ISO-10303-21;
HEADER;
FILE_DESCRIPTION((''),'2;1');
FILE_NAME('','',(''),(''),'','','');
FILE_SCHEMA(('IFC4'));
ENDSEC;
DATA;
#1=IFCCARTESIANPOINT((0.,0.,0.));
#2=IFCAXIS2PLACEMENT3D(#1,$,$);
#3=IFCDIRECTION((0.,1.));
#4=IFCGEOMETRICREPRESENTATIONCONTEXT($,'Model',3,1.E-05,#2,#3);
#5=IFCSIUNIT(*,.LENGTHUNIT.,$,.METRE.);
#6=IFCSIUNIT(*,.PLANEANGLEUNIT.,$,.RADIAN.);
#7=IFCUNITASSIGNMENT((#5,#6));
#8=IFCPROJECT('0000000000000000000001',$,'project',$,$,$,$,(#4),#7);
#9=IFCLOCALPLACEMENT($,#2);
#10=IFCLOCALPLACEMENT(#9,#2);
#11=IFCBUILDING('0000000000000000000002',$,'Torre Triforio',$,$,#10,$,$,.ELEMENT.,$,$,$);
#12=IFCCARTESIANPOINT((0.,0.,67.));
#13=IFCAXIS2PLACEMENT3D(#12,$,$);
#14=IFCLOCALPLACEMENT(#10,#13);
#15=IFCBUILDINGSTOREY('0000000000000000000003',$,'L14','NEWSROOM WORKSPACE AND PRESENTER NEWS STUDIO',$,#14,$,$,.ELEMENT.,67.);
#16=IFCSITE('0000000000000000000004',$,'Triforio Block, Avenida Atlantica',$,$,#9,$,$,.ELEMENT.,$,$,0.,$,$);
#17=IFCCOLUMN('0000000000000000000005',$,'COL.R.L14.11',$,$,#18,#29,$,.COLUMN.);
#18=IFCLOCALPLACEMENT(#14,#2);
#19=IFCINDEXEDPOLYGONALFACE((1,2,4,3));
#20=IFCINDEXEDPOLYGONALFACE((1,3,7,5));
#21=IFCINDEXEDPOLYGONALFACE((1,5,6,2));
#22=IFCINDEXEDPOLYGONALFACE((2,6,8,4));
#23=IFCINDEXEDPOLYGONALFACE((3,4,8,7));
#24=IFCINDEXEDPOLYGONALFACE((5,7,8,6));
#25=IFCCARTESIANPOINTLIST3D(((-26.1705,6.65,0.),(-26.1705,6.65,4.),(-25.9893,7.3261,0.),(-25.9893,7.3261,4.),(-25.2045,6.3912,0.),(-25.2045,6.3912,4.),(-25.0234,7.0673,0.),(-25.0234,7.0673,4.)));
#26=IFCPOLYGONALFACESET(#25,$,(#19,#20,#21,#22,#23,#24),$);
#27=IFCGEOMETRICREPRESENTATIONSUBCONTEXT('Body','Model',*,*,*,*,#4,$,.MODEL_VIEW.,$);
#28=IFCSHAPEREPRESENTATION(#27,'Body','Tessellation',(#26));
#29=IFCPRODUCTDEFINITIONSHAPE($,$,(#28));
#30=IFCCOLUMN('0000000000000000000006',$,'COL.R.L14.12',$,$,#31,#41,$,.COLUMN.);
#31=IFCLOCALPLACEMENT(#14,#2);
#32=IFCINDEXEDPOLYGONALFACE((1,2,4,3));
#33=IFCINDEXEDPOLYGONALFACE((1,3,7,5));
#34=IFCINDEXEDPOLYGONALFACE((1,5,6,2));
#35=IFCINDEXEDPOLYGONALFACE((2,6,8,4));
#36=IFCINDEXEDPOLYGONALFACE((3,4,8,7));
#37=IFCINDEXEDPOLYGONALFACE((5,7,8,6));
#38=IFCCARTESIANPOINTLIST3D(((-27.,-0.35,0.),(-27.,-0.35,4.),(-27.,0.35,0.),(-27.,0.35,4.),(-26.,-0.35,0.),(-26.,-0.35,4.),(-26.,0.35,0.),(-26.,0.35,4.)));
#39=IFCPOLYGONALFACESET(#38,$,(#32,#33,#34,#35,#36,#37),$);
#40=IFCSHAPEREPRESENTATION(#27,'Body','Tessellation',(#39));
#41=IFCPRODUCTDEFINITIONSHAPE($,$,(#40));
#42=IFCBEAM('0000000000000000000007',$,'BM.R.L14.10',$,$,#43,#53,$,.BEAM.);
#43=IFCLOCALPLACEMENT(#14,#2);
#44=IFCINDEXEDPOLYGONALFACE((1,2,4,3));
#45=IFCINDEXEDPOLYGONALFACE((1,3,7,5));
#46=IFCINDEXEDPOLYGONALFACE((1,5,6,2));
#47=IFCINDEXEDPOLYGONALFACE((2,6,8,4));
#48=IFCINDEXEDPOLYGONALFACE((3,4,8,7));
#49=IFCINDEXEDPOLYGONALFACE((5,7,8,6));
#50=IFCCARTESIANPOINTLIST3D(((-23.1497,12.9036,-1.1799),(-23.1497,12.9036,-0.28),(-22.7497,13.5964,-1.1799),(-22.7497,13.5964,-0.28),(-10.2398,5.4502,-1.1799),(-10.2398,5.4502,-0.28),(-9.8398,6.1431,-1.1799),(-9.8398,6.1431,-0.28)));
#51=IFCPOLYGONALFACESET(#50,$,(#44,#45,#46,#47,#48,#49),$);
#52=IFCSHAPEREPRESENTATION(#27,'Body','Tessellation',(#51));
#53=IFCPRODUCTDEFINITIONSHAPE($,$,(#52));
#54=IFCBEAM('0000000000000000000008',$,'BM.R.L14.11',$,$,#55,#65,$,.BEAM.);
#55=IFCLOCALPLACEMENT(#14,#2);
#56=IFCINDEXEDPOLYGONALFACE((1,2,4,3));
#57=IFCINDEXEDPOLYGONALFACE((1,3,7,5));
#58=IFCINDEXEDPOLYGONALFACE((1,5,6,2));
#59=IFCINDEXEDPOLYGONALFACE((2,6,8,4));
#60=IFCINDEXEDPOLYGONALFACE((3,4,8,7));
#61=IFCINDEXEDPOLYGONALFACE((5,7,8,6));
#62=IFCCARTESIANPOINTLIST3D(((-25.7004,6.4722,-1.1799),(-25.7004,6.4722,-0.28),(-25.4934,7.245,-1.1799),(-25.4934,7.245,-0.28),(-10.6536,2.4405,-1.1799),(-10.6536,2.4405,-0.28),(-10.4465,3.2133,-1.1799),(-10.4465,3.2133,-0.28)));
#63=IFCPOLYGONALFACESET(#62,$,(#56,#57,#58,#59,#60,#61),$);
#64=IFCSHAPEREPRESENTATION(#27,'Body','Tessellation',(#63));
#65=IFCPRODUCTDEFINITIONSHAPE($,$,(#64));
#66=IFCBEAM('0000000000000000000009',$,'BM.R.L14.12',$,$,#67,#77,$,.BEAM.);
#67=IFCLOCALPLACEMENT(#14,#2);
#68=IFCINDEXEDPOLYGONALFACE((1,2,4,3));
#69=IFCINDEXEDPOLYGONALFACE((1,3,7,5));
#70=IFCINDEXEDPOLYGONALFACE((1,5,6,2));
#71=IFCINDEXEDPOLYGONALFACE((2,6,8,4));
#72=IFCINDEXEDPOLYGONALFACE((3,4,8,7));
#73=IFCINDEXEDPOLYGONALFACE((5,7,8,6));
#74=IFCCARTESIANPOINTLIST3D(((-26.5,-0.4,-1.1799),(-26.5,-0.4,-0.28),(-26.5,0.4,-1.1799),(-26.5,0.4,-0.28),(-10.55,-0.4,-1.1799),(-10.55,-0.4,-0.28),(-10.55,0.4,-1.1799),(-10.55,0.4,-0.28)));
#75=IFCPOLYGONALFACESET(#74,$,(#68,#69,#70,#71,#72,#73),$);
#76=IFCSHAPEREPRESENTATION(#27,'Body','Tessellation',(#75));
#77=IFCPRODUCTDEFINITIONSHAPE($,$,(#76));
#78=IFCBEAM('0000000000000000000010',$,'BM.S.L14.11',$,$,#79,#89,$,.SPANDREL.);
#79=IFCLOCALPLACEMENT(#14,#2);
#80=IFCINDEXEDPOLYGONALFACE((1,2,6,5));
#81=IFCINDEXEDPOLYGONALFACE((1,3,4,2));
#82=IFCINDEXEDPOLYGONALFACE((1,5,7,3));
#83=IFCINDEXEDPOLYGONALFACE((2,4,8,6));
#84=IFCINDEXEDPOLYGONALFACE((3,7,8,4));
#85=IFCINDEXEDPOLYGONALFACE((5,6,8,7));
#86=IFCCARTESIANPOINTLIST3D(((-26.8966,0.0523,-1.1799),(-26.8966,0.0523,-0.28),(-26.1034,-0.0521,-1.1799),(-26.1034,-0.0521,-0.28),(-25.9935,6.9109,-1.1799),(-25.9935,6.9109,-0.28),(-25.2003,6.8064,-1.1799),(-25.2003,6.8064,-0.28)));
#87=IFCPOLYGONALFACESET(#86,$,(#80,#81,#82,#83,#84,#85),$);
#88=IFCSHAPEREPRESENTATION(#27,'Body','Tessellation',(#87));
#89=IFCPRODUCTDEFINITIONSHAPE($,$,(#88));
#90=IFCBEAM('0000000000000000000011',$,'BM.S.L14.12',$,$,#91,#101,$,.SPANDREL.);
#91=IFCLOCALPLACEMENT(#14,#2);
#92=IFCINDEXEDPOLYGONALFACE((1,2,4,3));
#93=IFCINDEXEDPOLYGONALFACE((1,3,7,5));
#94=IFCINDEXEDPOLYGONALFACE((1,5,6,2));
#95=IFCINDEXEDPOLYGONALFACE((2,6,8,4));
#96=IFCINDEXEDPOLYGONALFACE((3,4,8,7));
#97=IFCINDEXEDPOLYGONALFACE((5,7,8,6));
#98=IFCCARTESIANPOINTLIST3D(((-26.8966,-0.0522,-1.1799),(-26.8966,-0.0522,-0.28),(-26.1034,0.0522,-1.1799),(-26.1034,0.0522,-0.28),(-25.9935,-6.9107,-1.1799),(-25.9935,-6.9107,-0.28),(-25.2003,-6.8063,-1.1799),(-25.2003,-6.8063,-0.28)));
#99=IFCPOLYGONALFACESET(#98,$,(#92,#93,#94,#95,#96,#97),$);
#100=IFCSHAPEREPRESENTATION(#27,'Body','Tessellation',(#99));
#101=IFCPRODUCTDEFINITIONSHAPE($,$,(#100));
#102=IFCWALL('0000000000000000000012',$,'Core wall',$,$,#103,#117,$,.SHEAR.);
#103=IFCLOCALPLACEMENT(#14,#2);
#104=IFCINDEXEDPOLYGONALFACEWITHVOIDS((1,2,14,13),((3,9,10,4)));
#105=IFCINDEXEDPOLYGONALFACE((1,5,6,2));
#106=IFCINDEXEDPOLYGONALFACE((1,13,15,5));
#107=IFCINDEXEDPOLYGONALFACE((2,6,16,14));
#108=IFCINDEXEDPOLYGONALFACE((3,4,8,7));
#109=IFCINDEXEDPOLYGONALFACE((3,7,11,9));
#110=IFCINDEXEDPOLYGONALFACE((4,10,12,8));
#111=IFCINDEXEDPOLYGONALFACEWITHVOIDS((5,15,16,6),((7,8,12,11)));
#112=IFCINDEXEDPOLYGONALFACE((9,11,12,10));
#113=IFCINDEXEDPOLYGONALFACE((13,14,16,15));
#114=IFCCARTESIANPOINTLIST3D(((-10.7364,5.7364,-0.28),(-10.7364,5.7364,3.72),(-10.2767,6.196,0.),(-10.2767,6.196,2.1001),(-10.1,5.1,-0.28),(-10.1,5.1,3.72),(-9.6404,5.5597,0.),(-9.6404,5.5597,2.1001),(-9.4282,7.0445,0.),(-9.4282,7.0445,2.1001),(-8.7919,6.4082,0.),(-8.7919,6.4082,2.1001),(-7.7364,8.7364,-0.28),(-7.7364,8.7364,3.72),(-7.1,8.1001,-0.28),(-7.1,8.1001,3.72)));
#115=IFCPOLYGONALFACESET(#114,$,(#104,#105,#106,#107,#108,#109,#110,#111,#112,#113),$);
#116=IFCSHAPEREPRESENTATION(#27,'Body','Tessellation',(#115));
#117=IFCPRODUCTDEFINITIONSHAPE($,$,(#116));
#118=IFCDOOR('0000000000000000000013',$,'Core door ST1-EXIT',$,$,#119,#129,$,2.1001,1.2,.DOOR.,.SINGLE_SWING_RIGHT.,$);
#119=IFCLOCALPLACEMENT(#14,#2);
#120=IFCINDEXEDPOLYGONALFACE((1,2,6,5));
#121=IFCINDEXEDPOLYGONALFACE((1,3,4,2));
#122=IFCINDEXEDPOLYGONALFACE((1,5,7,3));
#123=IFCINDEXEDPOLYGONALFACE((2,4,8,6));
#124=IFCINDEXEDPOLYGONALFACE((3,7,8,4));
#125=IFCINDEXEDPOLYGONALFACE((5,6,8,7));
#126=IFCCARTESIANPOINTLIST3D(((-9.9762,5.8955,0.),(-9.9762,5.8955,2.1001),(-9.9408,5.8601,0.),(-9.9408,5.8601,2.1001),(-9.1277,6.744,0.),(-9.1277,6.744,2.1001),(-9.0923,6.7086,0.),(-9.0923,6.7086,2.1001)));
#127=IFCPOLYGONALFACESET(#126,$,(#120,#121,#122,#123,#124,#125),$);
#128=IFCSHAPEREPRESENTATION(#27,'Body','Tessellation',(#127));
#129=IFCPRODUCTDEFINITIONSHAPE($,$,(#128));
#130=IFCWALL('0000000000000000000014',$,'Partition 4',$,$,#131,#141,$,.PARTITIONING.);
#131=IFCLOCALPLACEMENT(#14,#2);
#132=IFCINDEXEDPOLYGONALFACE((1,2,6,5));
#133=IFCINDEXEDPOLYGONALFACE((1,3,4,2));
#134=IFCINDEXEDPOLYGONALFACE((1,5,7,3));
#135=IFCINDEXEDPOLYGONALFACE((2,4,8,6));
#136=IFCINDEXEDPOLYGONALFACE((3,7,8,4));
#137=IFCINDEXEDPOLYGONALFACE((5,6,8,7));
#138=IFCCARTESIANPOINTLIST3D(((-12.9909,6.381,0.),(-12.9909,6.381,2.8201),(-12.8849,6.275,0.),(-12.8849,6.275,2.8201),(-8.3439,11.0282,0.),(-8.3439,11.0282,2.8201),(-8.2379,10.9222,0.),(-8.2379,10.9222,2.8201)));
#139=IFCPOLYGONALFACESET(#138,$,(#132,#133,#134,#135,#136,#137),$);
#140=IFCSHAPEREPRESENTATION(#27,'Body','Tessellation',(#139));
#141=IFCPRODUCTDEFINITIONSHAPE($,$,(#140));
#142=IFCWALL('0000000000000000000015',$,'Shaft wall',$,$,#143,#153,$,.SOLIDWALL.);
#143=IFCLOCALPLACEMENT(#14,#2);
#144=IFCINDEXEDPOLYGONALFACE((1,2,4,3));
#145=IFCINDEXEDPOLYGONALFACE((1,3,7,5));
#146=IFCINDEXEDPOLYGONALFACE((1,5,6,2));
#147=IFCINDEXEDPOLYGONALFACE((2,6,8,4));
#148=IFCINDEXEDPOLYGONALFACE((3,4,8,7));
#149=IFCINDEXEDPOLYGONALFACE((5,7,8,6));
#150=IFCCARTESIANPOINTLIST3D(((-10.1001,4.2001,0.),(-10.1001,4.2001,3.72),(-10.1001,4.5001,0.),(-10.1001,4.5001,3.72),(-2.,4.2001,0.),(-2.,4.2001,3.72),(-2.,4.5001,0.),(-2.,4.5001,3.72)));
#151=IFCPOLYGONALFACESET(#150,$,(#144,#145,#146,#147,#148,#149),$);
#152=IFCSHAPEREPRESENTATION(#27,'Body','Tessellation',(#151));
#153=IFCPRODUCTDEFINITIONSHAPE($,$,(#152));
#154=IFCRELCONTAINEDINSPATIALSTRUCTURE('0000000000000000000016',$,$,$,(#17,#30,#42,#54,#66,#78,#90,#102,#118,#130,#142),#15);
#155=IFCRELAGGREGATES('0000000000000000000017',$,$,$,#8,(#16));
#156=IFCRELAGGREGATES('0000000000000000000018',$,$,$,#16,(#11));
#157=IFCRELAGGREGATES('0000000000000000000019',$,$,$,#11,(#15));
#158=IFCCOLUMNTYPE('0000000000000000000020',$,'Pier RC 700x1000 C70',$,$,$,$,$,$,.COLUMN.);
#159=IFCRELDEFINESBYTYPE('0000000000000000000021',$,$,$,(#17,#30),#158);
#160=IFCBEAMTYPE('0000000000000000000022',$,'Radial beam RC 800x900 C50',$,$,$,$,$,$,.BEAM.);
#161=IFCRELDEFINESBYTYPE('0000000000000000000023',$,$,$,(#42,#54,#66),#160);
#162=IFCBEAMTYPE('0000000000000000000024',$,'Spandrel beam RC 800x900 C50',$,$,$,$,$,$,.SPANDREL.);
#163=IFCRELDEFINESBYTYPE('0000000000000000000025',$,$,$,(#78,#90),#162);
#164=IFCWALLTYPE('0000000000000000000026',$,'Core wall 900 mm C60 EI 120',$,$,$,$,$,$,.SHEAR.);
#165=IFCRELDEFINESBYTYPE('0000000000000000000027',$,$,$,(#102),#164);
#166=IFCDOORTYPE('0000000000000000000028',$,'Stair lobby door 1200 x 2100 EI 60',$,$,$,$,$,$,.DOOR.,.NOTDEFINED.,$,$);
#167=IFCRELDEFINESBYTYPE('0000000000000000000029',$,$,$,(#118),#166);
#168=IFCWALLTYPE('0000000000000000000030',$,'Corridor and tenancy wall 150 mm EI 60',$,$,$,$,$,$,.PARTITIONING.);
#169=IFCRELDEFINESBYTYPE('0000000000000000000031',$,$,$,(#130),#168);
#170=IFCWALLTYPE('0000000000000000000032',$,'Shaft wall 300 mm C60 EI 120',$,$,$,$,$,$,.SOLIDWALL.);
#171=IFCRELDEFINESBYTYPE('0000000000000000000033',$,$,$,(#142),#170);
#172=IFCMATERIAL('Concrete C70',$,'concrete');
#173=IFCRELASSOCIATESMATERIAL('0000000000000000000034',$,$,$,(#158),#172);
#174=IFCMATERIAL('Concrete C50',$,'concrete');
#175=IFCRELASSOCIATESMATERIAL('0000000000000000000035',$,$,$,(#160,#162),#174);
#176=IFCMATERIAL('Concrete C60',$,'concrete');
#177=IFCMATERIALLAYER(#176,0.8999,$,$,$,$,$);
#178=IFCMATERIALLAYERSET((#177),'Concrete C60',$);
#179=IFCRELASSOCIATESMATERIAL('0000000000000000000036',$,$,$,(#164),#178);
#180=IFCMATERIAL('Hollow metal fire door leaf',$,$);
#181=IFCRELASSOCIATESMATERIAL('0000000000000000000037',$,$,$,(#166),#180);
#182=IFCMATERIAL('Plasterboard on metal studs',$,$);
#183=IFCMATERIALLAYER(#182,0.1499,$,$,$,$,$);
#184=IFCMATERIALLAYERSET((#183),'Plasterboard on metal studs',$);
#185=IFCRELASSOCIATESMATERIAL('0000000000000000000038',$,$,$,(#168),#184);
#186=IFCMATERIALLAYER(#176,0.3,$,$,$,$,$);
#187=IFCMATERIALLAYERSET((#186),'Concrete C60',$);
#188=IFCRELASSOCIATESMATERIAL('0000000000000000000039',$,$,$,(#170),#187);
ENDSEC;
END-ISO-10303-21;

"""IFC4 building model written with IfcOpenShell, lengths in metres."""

from ifc_helpers import new_model, si_unit, direction, frame, frame_2d, origin, origin_2d, place, context, subcontext, project, spatial, rectangle, extrude, material, layer, layer_set, material_profile, profile_set, type_object, element, fill, save


model = new_model("IFC4")

# Units and contexts
model_context = context("Model", 3, precision=1e-05, world=origin(), true_north=direction((0.0, 1.0)))
body_context = subcontext(model_context, "Body", "Model", "MODEL_VIEW")
ifc_project = project(units=[si_unit("LENGTHUNIT", "METRE"), si_unit("PLANEANGLEUNIT", "RADIAN")], contexts=[model_context])

# Site, building, storey
site_placement = place(None, origin())
site = spatial("IfcSite", under=ifc_project, at=site_placement, Name="Triforio Block, Avenida Atlantica", CompositionType="ELEMENT", RefElevation=0.0)
building_placement = place(site_placement, origin())
building = spatial("IfcBuilding", under=site, at=building_placement, Name="Torre Triforio", CompositionType="ELEMENT")
storey_placement = place(building_placement, frame((0.0, 0.0, 67.0)))
storey = spatial("IfcBuildingStorey", under=building, at=storey_placement, Name="L14", Description="NEWSROOM WORKSPACE AND PRESENTER NEWS STUDIO", CompositionType="ELEMENT", Elevation=67.0)

# Columns
ifc_material_1 = material(Name="Concrete C70", Category="concrete")
ifc_material_profile_1 = material_profile(ifc_material_1, rectangle(XDim=0.7, YDim=1.0, at=origin_2d()), Name="RC 700x1000")
ifc_profile_set_1 = profile_set([ifc_material_profile_1], Name="Concrete C70")
column_type = type_object("IfcColumnType", Name="Pier RC 700x1000 C70", PredefinedType="COLUMN", material=ifc_profile_set_1)
for number, where, z_axis, x_axis, name in (
    (1, (-25.5969, 6.8586, 0.0), (0.0, 0.0, 1.0), (-0.258819, -0.965926, 0.0), "COL.R.L14.11"),
    (2, (-26.5, 0.0, 0.0), (0.0, 0.0, 1.0), (0.0, -1.0, 0.0), "COL.R.L14.12"),
):
    element("IfcColumn", number, at=place(storey_placement, frame(where, z_axis=z_axis, x_axis=x_axis)), inside=storey, type_object=column_type, Name=name, PredefinedType="COLUMN", context=body_context, shape_type="SweptSolid", body=[
        extrude(rectangle(XDim=0.7, YDim=1.0, at=origin_2d()), origin(), (0.0, 0.0, 1.0), 4.0),
    ])

# Beams
ifc_material_2 = material(Name="Concrete C50", Category="concrete")
ifc_material_profile_2 = material_profile(ifc_material_2, rectangle(XDim=0.8, YDim=0.8999, at=origin_2d()), Name="RC 800x900")
ifc_profile_set_2 = profile_set([ifc_material_profile_2], Name="Concrete C50")
beam_type_1 = type_object("IfcBeamType", Name="Radial beam RC 800x900 C50", PredefinedType="BEAM", material=ifc_profile_set_2)
beam_1_placement = place(storey_placement, frame((-10.0398, 5.7966, -0.73), z_axis=(-0.86603, 0.499991, 0.0), x_axis=(-0.499991, -0.86603, 0.0)))
element("IfcBeam", 3, at=beam_1_placement, inside=storey, type_object=beam_type_1, Name="BM.R.L14.10", PredefinedType="BEAM", context=body_context, shape_type="SweptSolid", body=[
    extrude(rectangle(XDim=0.8, YDim=0.8999, at=origin_2d()), origin(), (0.0, 0.0, 1.0), 14.907),
])
beam_2_placement = place(storey_placement, frame((-10.55, 2.8269, -0.73), z_axis=(-0.965927, 0.258815, 0.0), x_axis=(-0.258815, -0.965927, 0.0)))
element("IfcBeam", 4, at=beam_2_placement, inside=storey, type_object=beam_type_1, Name="BM.R.L14.11", PredefinedType="BEAM", context=body_context, shape_type="SweptSolid", body=[
    extrude(rectangle(XDim=0.8, YDim=0.8999, at=origin_2d()), origin(), (0.0, 0.0, 1.0), 15.5776),
])
beam_3_placement = place(storey_placement, frame((-10.55, 0.0, -0.73), z_axis=(-1.0, 0.0, 0.0), x_axis=(0.0, -1.0, 0.0)))
element("IfcBeam", 5, at=beam_3_placement, inside=storey, type_object=beam_type_1, Name="BM.R.L14.12", PredefinedType="BEAM", context=body_context, shape_type="SweptSolid", body=[
    extrude(rectangle(XDim=0.8, YDim=0.8999, at=origin_2d()), origin(), (0.0, 0.0, 1.0), 15.95),
])
ifc_material_profile_3 = material_profile(ifc_material_2, rectangle(XDim=0.8, YDim=0.8999, at=origin_2d()), Name="RC 800x900")
ifc_profile_set_3 = profile_set([ifc_material_profile_3], Name="Concrete C50")
beam_type_2 = type_object("IfcBeamType", Name="Spandrel beam RC 800x900 C50", PredefinedType="SPANDREL", material=ifc_profile_set_3)
for number, where, z_axis, x_axis, name in (
    (6, (-25.5969, 6.8586, -0.73), (-0.130543, -0.991443, 0.0), (0.991443, -0.130543, 0.0), "BM.S.L14.11"),
    (7, (-26.5, 0.0, -0.73), (0.130543, -0.991443, 0.0), (0.991443, 0.130543, 0.0), "BM.S.L14.12"),
):
    element("IfcBeam", number, at=place(storey_placement, frame(where, z_axis=z_axis, x_axis=x_axis)), inside=storey, type_object=beam_type_2, Name=name, PredefinedType="SPANDREL", context=body_context, shape_type="SweptSolid", body=[
        extrude(rectangle(XDim=0.8, YDim=0.8999, at=origin_2d()), origin(), (0.0, 0.0, 1.0), 6.9177),
    ])

# Wall, opening, door
ifc_material_3 = material(Name="Concrete C60", Category="concrete")
ifc_layer_1 = layer(ifc_material_3, 0.8999)
ifc_layer_set_1 = layer_set([ifc_layer_1], Name="Concrete C60")
wall_type_1 = type_object("IfcWallType", Name="Core wall 900 mm C60 EI 120", PredefinedType="SHEAR", material=ifc_layer_set_1)
wall_1_placement = place(storey_placement, frame((-10.4182, 5.4182, -0.28), z_axis=(0.0, 0.0, 1.0), x_axis=(0.707107, 0.707107, 0.0)))
wall_1 = element("IfcWall", 8, at=wall_1_placement, inside=storey, type_object=wall_type_1, Name="Core wall", PredefinedType="SHEAR", context=body_context, shape_type="SweptSolid", body=[
    extrude(rectangle(XDim=4.2427, YDim=0.8999, at=frame_2d((2.1213, 0.0))), origin(), (0.0, 0.0, 1.0), 4.0),
])
opening_1_placement = place(wall_1_placement, frame((0.6499, 0.0, 0.28)))
opening_1 = element("IfcOpeningElement", 9, at=opening_1_placement, cuts=wall_1, PredefinedType="OPENING", context=body_context, shape_type="SweptSolid", body=[
    extrude(rectangle(XDim=1.2, YDim=2.1001, at=frame_2d((0.6001, 1.05))), frame((0.0, 0.46, 0.0), z_axis=(0.0, -1.0, 0.0), x_axis=(1.0, 0.0, 0.0)), (0.0, 0.0, 1.0), 0.9199),
])
ifc_material_4 = material(Name="Hollow metal fire door leaf")
door_type_1 = type_object("IfcDoorType", Name="Stair lobby door 1200 x 2100 EI 60", OperationType="NOTDEFINED", PredefinedType="DOOR", material=ifc_material_4)
door_1_placement = place(opening_1_placement, origin())
door_1 = element("IfcDoor", 10, at=door_1_placement, inside=storey, type_object=door_type_1, Name="Core door ST1-EXIT", OperationType="SINGLE_SWING_RIGHT", OverallHeight=2.1001, OverallWidth=1.2, PredefinedType="DOOR", context=body_context, shape_type="SweptSolid", body=[
    extrude(rectangle(XDim=1.2, YDim=2.1001, at=frame_2d((0.6001, 1.05))), frame((0.0, 0.0249, 0.0), z_axis=(0.0, -1.0, 0.0), x_axis=(1.0, 0.0, 0.0)), (0.0, 0.0, 1.0), 0.05),
])
fill(opening_1, door_1)

# Walls
ifc_material_5 = material(Name="Plasterboard on metal studs")
ifc_layer_2 = layer(ifc_material_5, 0.1499)
ifc_layer_set_2 = layer_set([ifc_layer_2], Name="Plasterboard on metal studs")
wall_type_2 = type_object("IfcWallType", Name="Corridor and tenancy wall 150 mm EI 60", PredefinedType="PARTITIONING", material=ifc_layer_set_2)
wall_2_placement = place(storey_placement, frame((-12.938, 6.3279, 0.0), z_axis=(0.0, 0.0, 1.0), x_axis=(0.707088, 0.707125, 0.0)))
element("IfcWall", 11, at=wall_2_placement, inside=storey, type_object=wall_type_2, Name="Partition 4", PredefinedType="PARTITIONING", context=body_context, shape_type="SweptSolid", body=[
    extrude(rectangle(XDim=6.572, YDim=0.1499, at=frame_2d((3.2861, 0.0))), origin(), (0.0, 0.0, 1.0), 2.8201),
])
ifc_layer_3 = layer(ifc_material_3, 0.3)
ifc_layer_set_3 = layer_set([ifc_layer_3], Name="Concrete C60")
wall_type_3 = type_object("IfcWallType", Name="Shaft wall 300 mm C60 EI 120", PredefinedType="SOLIDWALL", material=ifc_layer_set_3)
wall_3_placement = place(storey_placement, frame((-10.1001, 4.3501, 0.0), z_axis=(0.0, 0.0, 1.0), x_axis=(1.0, 0.0, 0.0)))
element("IfcWall", 12, at=wall_3_placement, inside=storey, type_object=wall_type_3, Name="Shaft wall", PredefinedType="SOLIDWALL", context=body_context, shape_type="SweptSolid", body=[
    extrude(rectangle(XDim=8.1001, YDim=0.3, at=frame_2d((4.05, 0.0))), origin(), (0.0, 0.0, 1.0), 3.72),
])

save(model, "model.ifc")
